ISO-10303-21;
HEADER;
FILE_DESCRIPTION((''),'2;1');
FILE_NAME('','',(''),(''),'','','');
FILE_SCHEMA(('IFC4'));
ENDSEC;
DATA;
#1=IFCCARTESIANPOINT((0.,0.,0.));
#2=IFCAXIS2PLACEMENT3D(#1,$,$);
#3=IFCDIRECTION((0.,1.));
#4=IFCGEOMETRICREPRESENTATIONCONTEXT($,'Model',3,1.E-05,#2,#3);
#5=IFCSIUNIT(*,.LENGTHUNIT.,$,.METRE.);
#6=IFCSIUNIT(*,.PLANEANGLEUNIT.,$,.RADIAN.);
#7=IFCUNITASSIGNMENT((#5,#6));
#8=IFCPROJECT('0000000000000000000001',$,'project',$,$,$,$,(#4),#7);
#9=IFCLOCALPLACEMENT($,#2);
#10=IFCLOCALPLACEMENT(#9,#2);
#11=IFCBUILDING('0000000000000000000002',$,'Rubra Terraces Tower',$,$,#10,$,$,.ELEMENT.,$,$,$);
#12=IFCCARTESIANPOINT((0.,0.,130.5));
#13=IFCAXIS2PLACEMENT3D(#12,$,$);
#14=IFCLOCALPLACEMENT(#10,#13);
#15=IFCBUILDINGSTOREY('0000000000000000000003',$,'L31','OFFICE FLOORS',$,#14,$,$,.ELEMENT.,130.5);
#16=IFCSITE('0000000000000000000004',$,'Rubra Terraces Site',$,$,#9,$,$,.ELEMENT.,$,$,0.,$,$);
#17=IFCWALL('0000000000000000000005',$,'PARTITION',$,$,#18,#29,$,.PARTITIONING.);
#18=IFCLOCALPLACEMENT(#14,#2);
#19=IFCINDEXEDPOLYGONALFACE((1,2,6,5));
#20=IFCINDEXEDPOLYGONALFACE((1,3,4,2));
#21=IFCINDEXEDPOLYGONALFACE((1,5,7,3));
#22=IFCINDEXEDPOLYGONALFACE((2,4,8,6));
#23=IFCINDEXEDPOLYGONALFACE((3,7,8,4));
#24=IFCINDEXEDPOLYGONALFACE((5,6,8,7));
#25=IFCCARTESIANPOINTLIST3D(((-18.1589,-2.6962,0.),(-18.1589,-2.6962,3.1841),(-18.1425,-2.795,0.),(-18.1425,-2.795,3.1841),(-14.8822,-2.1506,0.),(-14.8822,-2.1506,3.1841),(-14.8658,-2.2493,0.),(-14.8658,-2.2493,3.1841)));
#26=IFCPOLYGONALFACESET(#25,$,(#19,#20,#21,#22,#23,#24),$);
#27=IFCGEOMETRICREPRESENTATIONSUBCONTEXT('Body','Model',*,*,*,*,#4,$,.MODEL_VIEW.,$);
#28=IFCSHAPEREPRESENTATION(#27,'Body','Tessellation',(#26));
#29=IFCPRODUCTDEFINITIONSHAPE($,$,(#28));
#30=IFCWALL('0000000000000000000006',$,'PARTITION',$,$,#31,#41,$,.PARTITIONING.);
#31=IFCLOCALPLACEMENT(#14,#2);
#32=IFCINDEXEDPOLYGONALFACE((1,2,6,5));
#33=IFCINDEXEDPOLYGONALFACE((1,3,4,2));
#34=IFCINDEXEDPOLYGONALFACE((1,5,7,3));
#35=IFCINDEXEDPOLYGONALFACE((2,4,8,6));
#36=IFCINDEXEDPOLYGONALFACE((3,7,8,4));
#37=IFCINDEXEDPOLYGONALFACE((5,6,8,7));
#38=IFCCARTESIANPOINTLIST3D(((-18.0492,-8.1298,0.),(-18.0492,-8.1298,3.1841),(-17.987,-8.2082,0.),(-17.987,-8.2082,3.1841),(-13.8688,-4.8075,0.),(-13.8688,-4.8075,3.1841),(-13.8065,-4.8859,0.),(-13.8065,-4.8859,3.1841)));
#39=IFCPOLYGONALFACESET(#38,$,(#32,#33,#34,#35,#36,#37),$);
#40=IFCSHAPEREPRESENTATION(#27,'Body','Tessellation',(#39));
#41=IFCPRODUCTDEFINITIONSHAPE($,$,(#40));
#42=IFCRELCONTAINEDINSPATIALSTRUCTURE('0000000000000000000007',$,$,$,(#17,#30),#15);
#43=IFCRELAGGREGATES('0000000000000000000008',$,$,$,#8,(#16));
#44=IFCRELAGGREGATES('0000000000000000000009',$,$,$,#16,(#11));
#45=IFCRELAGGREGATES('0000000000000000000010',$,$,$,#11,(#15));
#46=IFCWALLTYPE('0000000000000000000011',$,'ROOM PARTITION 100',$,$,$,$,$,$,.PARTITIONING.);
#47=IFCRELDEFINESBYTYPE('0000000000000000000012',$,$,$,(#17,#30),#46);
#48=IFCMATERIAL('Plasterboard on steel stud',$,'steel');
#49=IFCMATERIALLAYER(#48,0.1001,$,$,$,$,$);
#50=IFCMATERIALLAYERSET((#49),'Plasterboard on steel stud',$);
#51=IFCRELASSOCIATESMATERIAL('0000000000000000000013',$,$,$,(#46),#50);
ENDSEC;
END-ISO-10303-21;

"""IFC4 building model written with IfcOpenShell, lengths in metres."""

from ifc_helpers import new_model, si_unit, direction, frame, frame_2d, origin, place, context, subcontext, project, spatial, rectangle, extrude, material, layer, layer_set, type_object, element, save


model = new_model("IFC4")

# Units and contexts
model_context = context("Model", 3, precision=1e-05, world=origin(), true_north=direction((0.0, 1.0)))
body_context = subcontext(model_context, "Body", "Model", "MODEL_VIEW")
ifc_project = project(units=[si_unit("LENGTHUNIT", "METRE"), si_unit("PLANEANGLEUNIT", "RADIAN")], contexts=[model_context])

# Site, building, storey
site_placement = place(None, origin())
site = spatial("IfcSite", under=ifc_project, at=site_placement, Name="Rubra Terraces Site", CompositionType="ELEMENT", RefElevation=0.0)
building_placement = place(site_placement, origin())
building = spatial("IfcBuilding", under=site, at=building_placement, Name="Rubra Terraces Tower", CompositionType="ELEMENT")
storey_placement = place(building_placement, frame((0.0, 0.0, 130.5)))
storey = spatial("IfcBuildingStorey", under=building, at=storey_placement, Name="L31", Description="OFFICE FLOORS", CompositionType="ELEMENT", Elevation=130.5)

# Walls
ifc_material_1 = material(Name="Plasterboard on steel stud", Category="steel")
ifc_layer_1 = layer(ifc_material_1, 0.1001)
ifc_layer_set_1 = layer_set([ifc_layer_1], Name="Plasterboard on steel stud")
wall_type_1 = type_object("IfcWallType", Name="ROOM PARTITION 100", PredefinedType="PARTITIONING", material=ifc_layer_set_1)
wall_1_placement = place(storey_placement, frame((-14.874, -2.2, 0.0), z_axis=(0.0, 0.0, 1.0), x_axis=(-0.986416, -0.164268, 0.0)))
element("IfcWall", 1, at=wall_1_placement, inside=storey, type_object=wall_type_1, Name="PARTITION", PredefinedType="PARTITIONING", context=body_context, shape_type="SweptSolid", body=[
    extrude(rectangle(XDim=3.3218, YDim=0.1001, at=frame_2d((1.6609, 0.0))), origin(), (0.0, 0.0, 1.0), 3.1841),
])
wall_2_placement = place(storey_placement, frame((-13.8376, -4.8467, 0.0), z_axis=(0.0, 0.0, 1.0), x_axis=(-0.782881, -0.622172, 0.0)))
element("IfcWall", 2, at=wall_2_placement, inside=storey, type_object=wall_type_1, Name="PARTITION", PredefinedType="PARTITIONING", context=body_context, shape_type="SweptSolid", body=[
    extrude(rectangle(XDim=5.3398, YDim=0.1001, at=frame_2d((2.6699, 0.0))), origin(), (0.0, 0.0, 1.0), 3.1841),
])

save(model, "model.ifc")
